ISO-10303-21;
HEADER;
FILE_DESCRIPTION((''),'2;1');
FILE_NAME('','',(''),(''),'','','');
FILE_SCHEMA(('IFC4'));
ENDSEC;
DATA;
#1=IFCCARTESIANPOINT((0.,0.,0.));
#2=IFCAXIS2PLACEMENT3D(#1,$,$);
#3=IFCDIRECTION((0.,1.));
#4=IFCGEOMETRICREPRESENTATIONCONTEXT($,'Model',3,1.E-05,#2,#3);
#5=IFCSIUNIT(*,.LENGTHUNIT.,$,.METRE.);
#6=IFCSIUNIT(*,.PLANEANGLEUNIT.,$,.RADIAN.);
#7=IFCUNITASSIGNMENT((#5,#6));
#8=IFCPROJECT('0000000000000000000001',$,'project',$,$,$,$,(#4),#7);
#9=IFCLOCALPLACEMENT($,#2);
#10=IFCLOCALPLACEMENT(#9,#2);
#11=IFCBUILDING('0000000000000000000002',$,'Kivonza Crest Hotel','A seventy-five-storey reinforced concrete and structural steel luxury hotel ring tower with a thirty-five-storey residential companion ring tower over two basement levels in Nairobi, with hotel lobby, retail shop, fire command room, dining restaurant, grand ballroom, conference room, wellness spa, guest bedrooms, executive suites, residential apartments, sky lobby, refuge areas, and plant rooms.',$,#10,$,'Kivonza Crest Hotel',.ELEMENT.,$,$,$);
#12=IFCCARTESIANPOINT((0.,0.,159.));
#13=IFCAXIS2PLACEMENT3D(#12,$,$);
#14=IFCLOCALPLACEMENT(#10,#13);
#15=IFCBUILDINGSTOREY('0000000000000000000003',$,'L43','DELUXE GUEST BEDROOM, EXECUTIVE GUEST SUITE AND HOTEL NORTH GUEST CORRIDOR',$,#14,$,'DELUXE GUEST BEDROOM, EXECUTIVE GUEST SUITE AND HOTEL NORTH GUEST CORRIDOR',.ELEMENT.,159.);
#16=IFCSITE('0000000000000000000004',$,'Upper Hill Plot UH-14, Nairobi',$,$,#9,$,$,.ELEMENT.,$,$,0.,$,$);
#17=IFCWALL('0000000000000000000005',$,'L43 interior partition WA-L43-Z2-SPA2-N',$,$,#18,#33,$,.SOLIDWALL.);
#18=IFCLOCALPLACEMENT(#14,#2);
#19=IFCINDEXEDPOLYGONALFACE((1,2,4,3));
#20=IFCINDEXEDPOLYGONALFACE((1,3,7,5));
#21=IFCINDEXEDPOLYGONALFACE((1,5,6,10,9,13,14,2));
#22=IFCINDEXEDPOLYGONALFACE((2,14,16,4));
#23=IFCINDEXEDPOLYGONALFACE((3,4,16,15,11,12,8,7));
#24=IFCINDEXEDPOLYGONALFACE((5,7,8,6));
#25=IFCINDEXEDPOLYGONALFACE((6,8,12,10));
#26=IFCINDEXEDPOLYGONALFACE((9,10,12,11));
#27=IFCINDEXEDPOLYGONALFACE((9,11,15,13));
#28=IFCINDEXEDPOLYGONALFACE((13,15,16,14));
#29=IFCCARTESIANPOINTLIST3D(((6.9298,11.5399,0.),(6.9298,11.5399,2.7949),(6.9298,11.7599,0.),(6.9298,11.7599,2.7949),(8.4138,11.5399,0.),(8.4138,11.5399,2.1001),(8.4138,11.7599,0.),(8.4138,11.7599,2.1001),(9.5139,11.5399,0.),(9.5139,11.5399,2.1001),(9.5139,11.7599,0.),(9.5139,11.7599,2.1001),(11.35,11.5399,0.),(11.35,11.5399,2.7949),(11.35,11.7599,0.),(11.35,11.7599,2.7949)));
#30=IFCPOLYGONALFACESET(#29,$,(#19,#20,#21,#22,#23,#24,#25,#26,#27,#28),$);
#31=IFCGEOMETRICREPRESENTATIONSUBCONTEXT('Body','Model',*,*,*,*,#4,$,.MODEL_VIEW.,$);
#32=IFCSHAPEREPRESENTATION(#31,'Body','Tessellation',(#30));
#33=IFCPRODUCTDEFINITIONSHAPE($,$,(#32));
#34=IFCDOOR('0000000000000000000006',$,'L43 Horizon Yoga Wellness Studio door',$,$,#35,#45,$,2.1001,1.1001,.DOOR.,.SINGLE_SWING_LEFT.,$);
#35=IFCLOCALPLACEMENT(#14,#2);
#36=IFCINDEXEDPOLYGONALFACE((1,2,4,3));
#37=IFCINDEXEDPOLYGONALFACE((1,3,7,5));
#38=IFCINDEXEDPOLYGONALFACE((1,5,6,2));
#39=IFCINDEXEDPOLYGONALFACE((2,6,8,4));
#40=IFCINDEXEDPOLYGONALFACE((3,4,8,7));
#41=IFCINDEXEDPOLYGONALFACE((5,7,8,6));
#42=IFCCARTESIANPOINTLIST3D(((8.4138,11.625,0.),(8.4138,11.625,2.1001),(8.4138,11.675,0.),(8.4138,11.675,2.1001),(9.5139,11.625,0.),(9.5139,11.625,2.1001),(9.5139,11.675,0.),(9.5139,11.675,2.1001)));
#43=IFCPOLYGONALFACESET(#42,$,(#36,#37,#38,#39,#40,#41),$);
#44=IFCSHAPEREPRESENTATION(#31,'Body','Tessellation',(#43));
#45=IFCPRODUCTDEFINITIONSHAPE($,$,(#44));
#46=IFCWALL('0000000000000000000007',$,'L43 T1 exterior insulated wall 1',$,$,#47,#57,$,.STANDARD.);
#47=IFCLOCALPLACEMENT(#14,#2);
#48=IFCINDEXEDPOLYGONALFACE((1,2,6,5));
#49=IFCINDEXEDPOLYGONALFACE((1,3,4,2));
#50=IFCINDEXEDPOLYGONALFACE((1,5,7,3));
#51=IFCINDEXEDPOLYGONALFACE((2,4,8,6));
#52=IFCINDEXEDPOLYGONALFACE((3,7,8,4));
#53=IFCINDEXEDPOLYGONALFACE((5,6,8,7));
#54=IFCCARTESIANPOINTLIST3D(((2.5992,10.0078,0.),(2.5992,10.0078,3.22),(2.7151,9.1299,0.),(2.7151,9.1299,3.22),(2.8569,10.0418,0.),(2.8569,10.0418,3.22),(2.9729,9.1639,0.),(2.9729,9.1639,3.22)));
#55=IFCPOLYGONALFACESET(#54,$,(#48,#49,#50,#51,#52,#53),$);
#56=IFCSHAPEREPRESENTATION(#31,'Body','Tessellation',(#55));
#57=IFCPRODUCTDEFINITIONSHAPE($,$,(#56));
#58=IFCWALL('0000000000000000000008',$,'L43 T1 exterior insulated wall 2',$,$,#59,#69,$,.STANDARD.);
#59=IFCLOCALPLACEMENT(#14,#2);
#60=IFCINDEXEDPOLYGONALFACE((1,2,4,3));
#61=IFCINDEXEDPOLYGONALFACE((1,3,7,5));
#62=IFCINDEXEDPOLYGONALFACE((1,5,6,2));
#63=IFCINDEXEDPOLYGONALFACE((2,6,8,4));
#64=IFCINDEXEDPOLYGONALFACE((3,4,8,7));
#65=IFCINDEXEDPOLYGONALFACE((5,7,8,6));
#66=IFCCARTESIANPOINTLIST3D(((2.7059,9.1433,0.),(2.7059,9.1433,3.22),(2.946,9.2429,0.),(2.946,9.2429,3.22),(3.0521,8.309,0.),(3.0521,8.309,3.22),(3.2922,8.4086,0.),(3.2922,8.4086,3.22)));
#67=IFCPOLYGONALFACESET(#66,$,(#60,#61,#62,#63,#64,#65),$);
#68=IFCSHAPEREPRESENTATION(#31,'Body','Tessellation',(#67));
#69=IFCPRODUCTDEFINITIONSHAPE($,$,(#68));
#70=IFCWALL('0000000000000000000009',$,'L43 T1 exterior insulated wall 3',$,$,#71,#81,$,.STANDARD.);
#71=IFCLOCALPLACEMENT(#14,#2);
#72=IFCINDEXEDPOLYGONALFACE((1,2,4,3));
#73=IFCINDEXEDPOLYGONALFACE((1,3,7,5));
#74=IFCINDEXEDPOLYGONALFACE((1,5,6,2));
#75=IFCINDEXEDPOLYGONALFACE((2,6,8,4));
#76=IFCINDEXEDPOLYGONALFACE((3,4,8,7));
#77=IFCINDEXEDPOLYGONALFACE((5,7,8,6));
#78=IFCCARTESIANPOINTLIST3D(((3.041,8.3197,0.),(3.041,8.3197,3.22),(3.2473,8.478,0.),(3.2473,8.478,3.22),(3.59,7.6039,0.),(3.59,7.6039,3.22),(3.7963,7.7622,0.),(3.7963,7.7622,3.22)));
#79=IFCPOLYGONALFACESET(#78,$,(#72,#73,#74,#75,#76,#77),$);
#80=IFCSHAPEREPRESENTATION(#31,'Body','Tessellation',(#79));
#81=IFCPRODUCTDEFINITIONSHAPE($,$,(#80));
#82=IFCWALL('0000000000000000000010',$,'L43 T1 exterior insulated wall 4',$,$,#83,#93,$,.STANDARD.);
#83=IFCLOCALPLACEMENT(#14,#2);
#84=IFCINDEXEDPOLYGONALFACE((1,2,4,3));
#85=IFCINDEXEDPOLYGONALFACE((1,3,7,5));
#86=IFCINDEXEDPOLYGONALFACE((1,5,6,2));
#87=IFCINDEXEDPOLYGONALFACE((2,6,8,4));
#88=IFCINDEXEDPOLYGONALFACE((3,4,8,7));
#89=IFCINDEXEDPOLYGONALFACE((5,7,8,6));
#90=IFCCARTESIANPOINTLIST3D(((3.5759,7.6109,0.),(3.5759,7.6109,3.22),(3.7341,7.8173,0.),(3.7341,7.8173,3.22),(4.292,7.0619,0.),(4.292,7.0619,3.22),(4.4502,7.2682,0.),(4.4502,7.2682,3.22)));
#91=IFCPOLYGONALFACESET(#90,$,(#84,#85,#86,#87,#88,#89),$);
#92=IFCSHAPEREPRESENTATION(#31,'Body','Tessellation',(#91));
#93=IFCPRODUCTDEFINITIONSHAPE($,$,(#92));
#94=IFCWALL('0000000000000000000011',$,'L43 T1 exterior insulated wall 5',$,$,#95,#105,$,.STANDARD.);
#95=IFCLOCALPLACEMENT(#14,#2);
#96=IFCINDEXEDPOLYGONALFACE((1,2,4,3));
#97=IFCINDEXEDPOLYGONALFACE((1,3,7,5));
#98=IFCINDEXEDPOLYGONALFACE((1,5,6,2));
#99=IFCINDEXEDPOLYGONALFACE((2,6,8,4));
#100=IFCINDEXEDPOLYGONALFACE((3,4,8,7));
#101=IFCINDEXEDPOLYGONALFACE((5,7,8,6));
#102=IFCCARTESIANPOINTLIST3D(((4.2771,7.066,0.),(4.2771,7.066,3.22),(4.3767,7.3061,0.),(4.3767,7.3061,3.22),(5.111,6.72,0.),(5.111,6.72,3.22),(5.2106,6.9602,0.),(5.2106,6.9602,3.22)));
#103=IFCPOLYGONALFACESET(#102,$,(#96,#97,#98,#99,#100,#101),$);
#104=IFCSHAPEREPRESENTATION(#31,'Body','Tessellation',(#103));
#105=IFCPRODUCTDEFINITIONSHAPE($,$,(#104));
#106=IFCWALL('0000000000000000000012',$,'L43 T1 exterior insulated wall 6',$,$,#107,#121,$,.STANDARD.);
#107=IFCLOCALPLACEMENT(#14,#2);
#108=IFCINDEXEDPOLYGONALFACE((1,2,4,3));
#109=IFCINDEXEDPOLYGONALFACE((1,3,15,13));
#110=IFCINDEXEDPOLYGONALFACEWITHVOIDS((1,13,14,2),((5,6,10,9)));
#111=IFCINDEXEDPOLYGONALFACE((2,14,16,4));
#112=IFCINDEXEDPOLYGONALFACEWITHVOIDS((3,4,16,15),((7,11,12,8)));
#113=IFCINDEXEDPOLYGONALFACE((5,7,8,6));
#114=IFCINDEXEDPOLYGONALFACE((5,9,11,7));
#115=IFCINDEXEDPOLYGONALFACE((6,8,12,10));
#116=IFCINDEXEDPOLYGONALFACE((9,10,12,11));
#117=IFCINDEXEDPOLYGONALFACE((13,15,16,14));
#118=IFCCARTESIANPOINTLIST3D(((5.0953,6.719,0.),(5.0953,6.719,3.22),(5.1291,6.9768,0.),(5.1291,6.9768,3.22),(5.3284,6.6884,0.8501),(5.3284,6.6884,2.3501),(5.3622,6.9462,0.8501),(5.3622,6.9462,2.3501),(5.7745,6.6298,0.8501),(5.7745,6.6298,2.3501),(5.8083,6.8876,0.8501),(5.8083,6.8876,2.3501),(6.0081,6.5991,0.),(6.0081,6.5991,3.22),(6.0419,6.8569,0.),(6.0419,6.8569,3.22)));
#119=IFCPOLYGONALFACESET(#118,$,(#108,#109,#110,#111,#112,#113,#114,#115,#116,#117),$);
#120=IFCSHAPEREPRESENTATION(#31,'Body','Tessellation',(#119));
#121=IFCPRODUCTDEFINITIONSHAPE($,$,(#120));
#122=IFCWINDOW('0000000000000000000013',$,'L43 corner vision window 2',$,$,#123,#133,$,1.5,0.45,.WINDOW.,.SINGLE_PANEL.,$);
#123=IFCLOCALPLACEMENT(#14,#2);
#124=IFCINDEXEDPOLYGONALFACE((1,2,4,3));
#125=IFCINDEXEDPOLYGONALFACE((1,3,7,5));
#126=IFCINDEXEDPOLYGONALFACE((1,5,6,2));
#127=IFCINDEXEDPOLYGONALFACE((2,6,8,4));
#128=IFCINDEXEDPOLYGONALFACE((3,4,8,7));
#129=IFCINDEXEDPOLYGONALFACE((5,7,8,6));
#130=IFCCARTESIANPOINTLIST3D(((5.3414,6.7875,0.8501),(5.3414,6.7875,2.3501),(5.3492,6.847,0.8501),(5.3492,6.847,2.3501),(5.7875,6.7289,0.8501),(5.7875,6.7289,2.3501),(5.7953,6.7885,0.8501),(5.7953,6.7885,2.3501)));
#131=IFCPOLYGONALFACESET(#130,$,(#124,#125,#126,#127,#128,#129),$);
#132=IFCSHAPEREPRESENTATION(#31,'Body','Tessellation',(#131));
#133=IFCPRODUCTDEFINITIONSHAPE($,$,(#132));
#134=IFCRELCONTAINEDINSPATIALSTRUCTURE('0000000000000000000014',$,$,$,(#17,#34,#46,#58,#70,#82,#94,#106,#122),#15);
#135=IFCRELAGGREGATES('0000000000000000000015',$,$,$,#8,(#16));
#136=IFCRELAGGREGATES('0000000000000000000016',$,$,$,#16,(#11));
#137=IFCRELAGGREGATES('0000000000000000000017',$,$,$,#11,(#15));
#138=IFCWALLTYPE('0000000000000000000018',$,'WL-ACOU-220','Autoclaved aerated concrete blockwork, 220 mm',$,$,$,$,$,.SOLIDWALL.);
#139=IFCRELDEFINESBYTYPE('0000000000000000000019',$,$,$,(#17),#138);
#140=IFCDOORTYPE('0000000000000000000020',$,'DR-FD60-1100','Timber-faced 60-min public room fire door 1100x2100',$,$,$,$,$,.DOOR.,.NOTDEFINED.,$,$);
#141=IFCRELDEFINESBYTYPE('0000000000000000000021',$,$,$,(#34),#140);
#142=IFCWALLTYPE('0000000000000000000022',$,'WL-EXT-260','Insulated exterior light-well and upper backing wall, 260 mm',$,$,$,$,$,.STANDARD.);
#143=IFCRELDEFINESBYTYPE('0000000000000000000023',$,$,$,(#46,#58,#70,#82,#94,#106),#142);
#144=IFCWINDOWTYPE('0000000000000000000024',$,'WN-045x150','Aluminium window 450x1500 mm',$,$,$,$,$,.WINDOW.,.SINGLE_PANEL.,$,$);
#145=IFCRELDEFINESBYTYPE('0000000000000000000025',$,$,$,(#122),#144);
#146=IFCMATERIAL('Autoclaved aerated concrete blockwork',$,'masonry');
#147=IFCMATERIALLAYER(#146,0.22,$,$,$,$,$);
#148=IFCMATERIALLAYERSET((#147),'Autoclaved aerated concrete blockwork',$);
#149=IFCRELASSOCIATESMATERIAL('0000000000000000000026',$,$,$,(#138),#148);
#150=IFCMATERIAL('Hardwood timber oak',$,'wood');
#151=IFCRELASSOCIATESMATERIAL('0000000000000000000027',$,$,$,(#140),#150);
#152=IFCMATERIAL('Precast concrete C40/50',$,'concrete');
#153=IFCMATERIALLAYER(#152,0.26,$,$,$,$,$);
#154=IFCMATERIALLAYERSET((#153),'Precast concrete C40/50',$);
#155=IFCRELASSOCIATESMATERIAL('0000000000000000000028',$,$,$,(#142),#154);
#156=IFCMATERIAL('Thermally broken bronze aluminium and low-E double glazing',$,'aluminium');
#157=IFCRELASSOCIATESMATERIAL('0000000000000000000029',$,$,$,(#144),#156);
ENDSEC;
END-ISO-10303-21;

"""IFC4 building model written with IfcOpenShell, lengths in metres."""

from ifc_helpers import new_model, si_unit, direction, frame, frame_2d, origin, place, context, subcontext, project, spatial, rectangle, extrude, material, layer, layer_set, type_object, element, fill, save


model = new_model("IFC4")

# Units and contexts
model_context = context("Model", 3, precision=1e-05, world=origin(), true_north=direction((0.0, 1.0)))
body_context = subcontext(model_context, "Body", "Model", "MODEL_VIEW")
ifc_project = project(units=[si_unit("LENGTHUNIT", "METRE"), si_unit("PLANEANGLEUNIT", "RADIAN")], contexts=[model_context])

# Site, building, storey
site_placement = place(None, origin())
site = spatial("IfcSite", under=ifc_project, at=site_placement, Name="Upper Hill Plot UH-14, Nairobi", CompositionType="ELEMENT", RefElevation=0.0)
building_placement = place(site_placement, origin())
building = spatial("IfcBuilding", under=site, at=building_placement, Name="Kivonza Crest Hotel", Description="A seventy-five-storey reinforced concrete and structural steel luxury hotel ring tower with a thirty-five-storey residential companion ring tower over two basement levels in Nairobi, with hotel lobby, retail shop, fire command room, dining restaurant, grand ballroom, conference room, wellness spa, guest bedrooms, executive suites, residential apartments, sky lobby, refuge areas, and plant rooms.", LongName="Kivonza Crest Hotel", CompositionType="ELEMENT")
storey_placement = place(building_placement, frame((0.0, 0.0, 159.0)))
storey = spatial("IfcBuildingStorey", under=building, at=storey_placement, Name="L43", Description="DELUXE GUEST BEDROOM, EXECUTIVE GUEST SUITE AND HOTEL NORTH GUEST CORRIDOR", LongName="DELUXE GUEST BEDROOM, EXECUTIVE GUEST SUITE AND HOTEL NORTH GUEST CORRIDOR", CompositionType="ELEMENT", Elevation=159.0)

# Wall, opening, door
ifc_material_1 = material(Name="Autoclaved aerated concrete blockwork", Category="masonry")
ifc_layer_1 = layer(ifc_material_1, 0.22)
ifc_layer_set_1 = layer_set([ifc_layer_1], Name="Autoclaved aerated concrete blockwork")
wall_type_1 = type_object("IfcWallType", Name="WL-ACOU-220", Description="Autoclaved aerated concrete blockwork, 220 mm", PredefinedType="SOLIDWALL", material=ifc_layer_set_1)
ifc_material_2 = material(Name="Hardwood timber oak", Category="wood")
door_type = type_object("IfcDoorType", Name="DR-FD60-1100", Description="Timber-faced 60-min public room fire door 1100x2100", OperationType="NOTDEFINED", PredefinedType="DOOR", material=ifc_material_2)
wall_1_placement = place(storey_placement, frame((6.9299, 11.6499, 0.0), z_axis=(0.0, 0.0, 1.0), x_axis=(1.0, 0.0, 0.0)))
wall_1 = element("IfcWall", 1, at=wall_1_placement, inside=storey, type_object=wall_type_1, Name="L43 interior partition WA-L43-Z2-SPA2-N", PredefinedType="SOLIDWALL", context=body_context, shape_type="SweptSolid", body=[
    extrude(rectangle(XDim=4.4202, YDim=0.22, at=frame_2d((2.21, 0.0))), origin(), (0.0, 0.0, 1.0), 2.7949),
])
opening_1_placement = place(wall_1_placement, frame((1.4839, 0.0, 0.0)))
opening_1 = element("IfcOpeningElement", 2, at=opening_1_placement, cuts=wall_1, PredefinedType="OPENING", context=body_context, shape_type="SweptSolid", body=[
    extrude(rectangle(XDim=1.1001, YDim=2.1001, at=frame_2d((0.55, 1.05))), frame((0.0, 0.1201, 0.0), z_axis=(0.0, -1.0, 0.0), x_axis=(1.0, 0.0, 0.0)), (0.0, 0.0, 1.0), 0.24),
])
door_1_placement = place(opening_1_placement, frame((1.1001, 0.0, 0.0), z_axis=(0.0, 0.0, 1.0), x_axis=(-1.0, 0.0, 0.0)))
door_1 = element("IfcDoor", 3, at=door_1_placement, inside=storey, type_object=door_type, Name="L43 Horizon Yoga Wellness Studio door", OperationType="SINGLE_SWING_LEFT", OverallHeight=2.1001, OverallWidth=1.1001, PredefinedType="DOOR", context=body_context, shape_type="SweptSolid", body=[
    extrude(rectangle(XDim=1.1001, YDim=2.1001, at=frame_2d((0.55, 1.05))), frame((0.0, 0.0249, 0.0), z_axis=(0.0, -1.0, 0.0), x_axis=(1.0, 0.0, 0.0)), (0.0, 0.0, 1.0), 0.05),
])
fill(opening_1, door_1)

# Walls
ifc_material_3 = material(Name="Precast concrete C40/50", Category="concrete")
ifc_layer_2 = layer(ifc_material_3, 0.26)
ifc_layer_set_2 = layer_set([ifc_layer_2], Name="Precast concrete C40/50")
wall_type_2 = type_object("IfcWallType", Name="WL-EXT-260", Description="Insulated exterior light-well and upper backing wall, 260 mm", PredefinedType="STANDARD", material=ifc_layer_set_2)
wall_2_placement = place(storey_placement, frame((2.728, 10.0249, 0.0), z_axis=(0.0, 0.0, 1.0), x_axis=(0.130954, -0.991388, 0.0)))
element("IfcWall", 4, at=wall_2_placement, inside=storey, type_object=wall_type_2, Name="L43 T1 exterior insulated wall 1", PredefinedType="STANDARD", context=body_context, shape_type="SweptSolid", body=[
    extrude(rectangle(XDim=0.8855, YDim=0.26, at=frame_2d((0.4429, 0.0))), origin(), (0.0, 0.0, 1.0), 3.22),
])
wall_3_placement = place(storey_placement, frame((2.8259, 9.1931, 0.0), z_axis=(0.0, 0.0, 1.0), x_axis=(0.383291, -0.923628, 0.0)))
element("IfcWall", 5, at=wall_3_placement, inside=storey, type_object=wall_type_2, Name="L43 T1 exterior insulated wall 2", PredefinedType="STANDARD", context=body_context, shape_type="SweptSolid", body=[
    extrude(rectangle(XDim=0.9033, YDim=0.26, at=frame_2d((0.4517, 0.0))), origin(), (0.0, 0.0, 1.0), 3.22),
])
wall_4_placement = place(storey_placement, frame((3.144, 8.3989, 0.0), z_axis=(0.0, 0.0, 1.0), x_axis=(0.608625, -0.793458, 0.0)))
element("IfcWall", 6, at=wall_4_placement, inside=storey, type_object=wall_type_2, Name="L43 T1 exterior insulated wall 3", PredefinedType="STANDARD", context=body_context, shape_type="SweptSolid", body=[
    extrude(rectangle(XDim=0.9021, YDim=0.26, at=frame_2d((0.4512, 0.0))), origin(), (0.0, 0.0, 1.0), 3.22),
])
wall_5_placement = place(storey_placement, frame((3.655, 7.7141, 0.0), z_axis=(0.0, 0.0, 1.0), x_axis=(0.793558, -0.608494, 0.0)))
element("IfcWall", 7, at=wall_5_placement, inside=storey, type_object=wall_type_2, Name="L43 T1 exterior insulated wall 4", PredefinedType="STANDARD", context=body_context, shape_type="SweptSolid", body=[
    extrude(rectangle(XDim=0.9023, YDim=0.26, at=frame_2d((0.4512, 0.0))), origin(), (0.0, 0.0, 1.0), 3.22),
])
wall_6_placement = place(storey_placement, frame((4.3269, 7.186, 0.0), z_axis=(0.0, 0.0, 1.0), x_axis=(0.923684, -0.383156, 0.0)))
element("IfcWall", 8, at=wall_6_placement, inside=storey, type_object=wall_type_2, Name="L43 T1 exterior insulated wall 5", PredefinedType="STANDARD", context=body_context, shape_type="SweptSolid", body=[
    extrude(rectangle(XDim=0.9028, YDim=0.26, at=frame_2d((0.4514, 0.0))), origin(), (0.0, 0.0, 1.0), 3.22),
])

# Wall, opening, window
wall_7_placement = place(storey_placement, frame((5.1121, 6.8479, 0.0), z_axis=(0.0, 0.0, 1.0), x_axis=(0.991488, -0.130201, 0.0)))
wall_7 = element("IfcWall", 9, at=wall_7_placement, inside=storey, type_object=wall_type_2, Name="L43 T1 exterior insulated wall 6", PredefinedType="STANDARD", context=body_context, shape_type="SweptSolid", body=[
    extrude(rectangle(XDim=0.9207, YDim=0.26, at=frame_2d((0.4604, 0.0))), origin(), (0.0, 0.0, 1.0), 3.22),
])
opening_2_placement = place(wall_7_placement, frame((0.2351, 0.0, 0.8501)))
opening_2 = element("IfcOpeningElement", 10, at=opening_2_placement, cuts=wall_7, PredefinedType="OPENING", context=body_context, shape_type="SweptSolid", body=[
    extrude(rectangle(XDim=0.45, YDim=1.5, at=frame_2d((0.2251, 0.75))), frame((0.0, 0.1401, 0.0), z_axis=(0.0, -1.0, 0.0), x_axis=(1.0, 0.0, 0.0)), (0.0, 0.0, 1.0), 0.28),
])
ifc_material_4 = material(Name="Thermally broken bronze aluminium and low-E double glazing", Category="aluminium")
window_type_1 = type_object("IfcWindowType", Name="WN-045x150", Description="Aluminium window 450x1500 mm", PartitioningType="SINGLE_PANEL", PredefinedType="WINDOW", material=ifc_material_4)
window_1_placement = place(opening_2_placement, origin())
window_1 = element("IfcWindow", 11, at=window_1_placement, inside=storey, type_object=window_type_1, Name="L43 corner vision window 2", OverallHeight=1.5, OverallWidth=0.45, PartitioningType="SINGLE_PANEL", PredefinedType="WINDOW", context=body_context, shape_type="SweptSolid", body=[
    extrude(rectangle(XDim=0.45, YDim=1.5, at=frame_2d((0.2251, 0.75))), frame((0.0, 0.03, 0.0), z_axis=(0.0, -1.0, 0.0), x_axis=(1.0, 0.0, 0.0)), (0.0, 0.0, 1.0), 0.0601),
])
fill(opening_2, window_1)

save(model, "model.ifc")
